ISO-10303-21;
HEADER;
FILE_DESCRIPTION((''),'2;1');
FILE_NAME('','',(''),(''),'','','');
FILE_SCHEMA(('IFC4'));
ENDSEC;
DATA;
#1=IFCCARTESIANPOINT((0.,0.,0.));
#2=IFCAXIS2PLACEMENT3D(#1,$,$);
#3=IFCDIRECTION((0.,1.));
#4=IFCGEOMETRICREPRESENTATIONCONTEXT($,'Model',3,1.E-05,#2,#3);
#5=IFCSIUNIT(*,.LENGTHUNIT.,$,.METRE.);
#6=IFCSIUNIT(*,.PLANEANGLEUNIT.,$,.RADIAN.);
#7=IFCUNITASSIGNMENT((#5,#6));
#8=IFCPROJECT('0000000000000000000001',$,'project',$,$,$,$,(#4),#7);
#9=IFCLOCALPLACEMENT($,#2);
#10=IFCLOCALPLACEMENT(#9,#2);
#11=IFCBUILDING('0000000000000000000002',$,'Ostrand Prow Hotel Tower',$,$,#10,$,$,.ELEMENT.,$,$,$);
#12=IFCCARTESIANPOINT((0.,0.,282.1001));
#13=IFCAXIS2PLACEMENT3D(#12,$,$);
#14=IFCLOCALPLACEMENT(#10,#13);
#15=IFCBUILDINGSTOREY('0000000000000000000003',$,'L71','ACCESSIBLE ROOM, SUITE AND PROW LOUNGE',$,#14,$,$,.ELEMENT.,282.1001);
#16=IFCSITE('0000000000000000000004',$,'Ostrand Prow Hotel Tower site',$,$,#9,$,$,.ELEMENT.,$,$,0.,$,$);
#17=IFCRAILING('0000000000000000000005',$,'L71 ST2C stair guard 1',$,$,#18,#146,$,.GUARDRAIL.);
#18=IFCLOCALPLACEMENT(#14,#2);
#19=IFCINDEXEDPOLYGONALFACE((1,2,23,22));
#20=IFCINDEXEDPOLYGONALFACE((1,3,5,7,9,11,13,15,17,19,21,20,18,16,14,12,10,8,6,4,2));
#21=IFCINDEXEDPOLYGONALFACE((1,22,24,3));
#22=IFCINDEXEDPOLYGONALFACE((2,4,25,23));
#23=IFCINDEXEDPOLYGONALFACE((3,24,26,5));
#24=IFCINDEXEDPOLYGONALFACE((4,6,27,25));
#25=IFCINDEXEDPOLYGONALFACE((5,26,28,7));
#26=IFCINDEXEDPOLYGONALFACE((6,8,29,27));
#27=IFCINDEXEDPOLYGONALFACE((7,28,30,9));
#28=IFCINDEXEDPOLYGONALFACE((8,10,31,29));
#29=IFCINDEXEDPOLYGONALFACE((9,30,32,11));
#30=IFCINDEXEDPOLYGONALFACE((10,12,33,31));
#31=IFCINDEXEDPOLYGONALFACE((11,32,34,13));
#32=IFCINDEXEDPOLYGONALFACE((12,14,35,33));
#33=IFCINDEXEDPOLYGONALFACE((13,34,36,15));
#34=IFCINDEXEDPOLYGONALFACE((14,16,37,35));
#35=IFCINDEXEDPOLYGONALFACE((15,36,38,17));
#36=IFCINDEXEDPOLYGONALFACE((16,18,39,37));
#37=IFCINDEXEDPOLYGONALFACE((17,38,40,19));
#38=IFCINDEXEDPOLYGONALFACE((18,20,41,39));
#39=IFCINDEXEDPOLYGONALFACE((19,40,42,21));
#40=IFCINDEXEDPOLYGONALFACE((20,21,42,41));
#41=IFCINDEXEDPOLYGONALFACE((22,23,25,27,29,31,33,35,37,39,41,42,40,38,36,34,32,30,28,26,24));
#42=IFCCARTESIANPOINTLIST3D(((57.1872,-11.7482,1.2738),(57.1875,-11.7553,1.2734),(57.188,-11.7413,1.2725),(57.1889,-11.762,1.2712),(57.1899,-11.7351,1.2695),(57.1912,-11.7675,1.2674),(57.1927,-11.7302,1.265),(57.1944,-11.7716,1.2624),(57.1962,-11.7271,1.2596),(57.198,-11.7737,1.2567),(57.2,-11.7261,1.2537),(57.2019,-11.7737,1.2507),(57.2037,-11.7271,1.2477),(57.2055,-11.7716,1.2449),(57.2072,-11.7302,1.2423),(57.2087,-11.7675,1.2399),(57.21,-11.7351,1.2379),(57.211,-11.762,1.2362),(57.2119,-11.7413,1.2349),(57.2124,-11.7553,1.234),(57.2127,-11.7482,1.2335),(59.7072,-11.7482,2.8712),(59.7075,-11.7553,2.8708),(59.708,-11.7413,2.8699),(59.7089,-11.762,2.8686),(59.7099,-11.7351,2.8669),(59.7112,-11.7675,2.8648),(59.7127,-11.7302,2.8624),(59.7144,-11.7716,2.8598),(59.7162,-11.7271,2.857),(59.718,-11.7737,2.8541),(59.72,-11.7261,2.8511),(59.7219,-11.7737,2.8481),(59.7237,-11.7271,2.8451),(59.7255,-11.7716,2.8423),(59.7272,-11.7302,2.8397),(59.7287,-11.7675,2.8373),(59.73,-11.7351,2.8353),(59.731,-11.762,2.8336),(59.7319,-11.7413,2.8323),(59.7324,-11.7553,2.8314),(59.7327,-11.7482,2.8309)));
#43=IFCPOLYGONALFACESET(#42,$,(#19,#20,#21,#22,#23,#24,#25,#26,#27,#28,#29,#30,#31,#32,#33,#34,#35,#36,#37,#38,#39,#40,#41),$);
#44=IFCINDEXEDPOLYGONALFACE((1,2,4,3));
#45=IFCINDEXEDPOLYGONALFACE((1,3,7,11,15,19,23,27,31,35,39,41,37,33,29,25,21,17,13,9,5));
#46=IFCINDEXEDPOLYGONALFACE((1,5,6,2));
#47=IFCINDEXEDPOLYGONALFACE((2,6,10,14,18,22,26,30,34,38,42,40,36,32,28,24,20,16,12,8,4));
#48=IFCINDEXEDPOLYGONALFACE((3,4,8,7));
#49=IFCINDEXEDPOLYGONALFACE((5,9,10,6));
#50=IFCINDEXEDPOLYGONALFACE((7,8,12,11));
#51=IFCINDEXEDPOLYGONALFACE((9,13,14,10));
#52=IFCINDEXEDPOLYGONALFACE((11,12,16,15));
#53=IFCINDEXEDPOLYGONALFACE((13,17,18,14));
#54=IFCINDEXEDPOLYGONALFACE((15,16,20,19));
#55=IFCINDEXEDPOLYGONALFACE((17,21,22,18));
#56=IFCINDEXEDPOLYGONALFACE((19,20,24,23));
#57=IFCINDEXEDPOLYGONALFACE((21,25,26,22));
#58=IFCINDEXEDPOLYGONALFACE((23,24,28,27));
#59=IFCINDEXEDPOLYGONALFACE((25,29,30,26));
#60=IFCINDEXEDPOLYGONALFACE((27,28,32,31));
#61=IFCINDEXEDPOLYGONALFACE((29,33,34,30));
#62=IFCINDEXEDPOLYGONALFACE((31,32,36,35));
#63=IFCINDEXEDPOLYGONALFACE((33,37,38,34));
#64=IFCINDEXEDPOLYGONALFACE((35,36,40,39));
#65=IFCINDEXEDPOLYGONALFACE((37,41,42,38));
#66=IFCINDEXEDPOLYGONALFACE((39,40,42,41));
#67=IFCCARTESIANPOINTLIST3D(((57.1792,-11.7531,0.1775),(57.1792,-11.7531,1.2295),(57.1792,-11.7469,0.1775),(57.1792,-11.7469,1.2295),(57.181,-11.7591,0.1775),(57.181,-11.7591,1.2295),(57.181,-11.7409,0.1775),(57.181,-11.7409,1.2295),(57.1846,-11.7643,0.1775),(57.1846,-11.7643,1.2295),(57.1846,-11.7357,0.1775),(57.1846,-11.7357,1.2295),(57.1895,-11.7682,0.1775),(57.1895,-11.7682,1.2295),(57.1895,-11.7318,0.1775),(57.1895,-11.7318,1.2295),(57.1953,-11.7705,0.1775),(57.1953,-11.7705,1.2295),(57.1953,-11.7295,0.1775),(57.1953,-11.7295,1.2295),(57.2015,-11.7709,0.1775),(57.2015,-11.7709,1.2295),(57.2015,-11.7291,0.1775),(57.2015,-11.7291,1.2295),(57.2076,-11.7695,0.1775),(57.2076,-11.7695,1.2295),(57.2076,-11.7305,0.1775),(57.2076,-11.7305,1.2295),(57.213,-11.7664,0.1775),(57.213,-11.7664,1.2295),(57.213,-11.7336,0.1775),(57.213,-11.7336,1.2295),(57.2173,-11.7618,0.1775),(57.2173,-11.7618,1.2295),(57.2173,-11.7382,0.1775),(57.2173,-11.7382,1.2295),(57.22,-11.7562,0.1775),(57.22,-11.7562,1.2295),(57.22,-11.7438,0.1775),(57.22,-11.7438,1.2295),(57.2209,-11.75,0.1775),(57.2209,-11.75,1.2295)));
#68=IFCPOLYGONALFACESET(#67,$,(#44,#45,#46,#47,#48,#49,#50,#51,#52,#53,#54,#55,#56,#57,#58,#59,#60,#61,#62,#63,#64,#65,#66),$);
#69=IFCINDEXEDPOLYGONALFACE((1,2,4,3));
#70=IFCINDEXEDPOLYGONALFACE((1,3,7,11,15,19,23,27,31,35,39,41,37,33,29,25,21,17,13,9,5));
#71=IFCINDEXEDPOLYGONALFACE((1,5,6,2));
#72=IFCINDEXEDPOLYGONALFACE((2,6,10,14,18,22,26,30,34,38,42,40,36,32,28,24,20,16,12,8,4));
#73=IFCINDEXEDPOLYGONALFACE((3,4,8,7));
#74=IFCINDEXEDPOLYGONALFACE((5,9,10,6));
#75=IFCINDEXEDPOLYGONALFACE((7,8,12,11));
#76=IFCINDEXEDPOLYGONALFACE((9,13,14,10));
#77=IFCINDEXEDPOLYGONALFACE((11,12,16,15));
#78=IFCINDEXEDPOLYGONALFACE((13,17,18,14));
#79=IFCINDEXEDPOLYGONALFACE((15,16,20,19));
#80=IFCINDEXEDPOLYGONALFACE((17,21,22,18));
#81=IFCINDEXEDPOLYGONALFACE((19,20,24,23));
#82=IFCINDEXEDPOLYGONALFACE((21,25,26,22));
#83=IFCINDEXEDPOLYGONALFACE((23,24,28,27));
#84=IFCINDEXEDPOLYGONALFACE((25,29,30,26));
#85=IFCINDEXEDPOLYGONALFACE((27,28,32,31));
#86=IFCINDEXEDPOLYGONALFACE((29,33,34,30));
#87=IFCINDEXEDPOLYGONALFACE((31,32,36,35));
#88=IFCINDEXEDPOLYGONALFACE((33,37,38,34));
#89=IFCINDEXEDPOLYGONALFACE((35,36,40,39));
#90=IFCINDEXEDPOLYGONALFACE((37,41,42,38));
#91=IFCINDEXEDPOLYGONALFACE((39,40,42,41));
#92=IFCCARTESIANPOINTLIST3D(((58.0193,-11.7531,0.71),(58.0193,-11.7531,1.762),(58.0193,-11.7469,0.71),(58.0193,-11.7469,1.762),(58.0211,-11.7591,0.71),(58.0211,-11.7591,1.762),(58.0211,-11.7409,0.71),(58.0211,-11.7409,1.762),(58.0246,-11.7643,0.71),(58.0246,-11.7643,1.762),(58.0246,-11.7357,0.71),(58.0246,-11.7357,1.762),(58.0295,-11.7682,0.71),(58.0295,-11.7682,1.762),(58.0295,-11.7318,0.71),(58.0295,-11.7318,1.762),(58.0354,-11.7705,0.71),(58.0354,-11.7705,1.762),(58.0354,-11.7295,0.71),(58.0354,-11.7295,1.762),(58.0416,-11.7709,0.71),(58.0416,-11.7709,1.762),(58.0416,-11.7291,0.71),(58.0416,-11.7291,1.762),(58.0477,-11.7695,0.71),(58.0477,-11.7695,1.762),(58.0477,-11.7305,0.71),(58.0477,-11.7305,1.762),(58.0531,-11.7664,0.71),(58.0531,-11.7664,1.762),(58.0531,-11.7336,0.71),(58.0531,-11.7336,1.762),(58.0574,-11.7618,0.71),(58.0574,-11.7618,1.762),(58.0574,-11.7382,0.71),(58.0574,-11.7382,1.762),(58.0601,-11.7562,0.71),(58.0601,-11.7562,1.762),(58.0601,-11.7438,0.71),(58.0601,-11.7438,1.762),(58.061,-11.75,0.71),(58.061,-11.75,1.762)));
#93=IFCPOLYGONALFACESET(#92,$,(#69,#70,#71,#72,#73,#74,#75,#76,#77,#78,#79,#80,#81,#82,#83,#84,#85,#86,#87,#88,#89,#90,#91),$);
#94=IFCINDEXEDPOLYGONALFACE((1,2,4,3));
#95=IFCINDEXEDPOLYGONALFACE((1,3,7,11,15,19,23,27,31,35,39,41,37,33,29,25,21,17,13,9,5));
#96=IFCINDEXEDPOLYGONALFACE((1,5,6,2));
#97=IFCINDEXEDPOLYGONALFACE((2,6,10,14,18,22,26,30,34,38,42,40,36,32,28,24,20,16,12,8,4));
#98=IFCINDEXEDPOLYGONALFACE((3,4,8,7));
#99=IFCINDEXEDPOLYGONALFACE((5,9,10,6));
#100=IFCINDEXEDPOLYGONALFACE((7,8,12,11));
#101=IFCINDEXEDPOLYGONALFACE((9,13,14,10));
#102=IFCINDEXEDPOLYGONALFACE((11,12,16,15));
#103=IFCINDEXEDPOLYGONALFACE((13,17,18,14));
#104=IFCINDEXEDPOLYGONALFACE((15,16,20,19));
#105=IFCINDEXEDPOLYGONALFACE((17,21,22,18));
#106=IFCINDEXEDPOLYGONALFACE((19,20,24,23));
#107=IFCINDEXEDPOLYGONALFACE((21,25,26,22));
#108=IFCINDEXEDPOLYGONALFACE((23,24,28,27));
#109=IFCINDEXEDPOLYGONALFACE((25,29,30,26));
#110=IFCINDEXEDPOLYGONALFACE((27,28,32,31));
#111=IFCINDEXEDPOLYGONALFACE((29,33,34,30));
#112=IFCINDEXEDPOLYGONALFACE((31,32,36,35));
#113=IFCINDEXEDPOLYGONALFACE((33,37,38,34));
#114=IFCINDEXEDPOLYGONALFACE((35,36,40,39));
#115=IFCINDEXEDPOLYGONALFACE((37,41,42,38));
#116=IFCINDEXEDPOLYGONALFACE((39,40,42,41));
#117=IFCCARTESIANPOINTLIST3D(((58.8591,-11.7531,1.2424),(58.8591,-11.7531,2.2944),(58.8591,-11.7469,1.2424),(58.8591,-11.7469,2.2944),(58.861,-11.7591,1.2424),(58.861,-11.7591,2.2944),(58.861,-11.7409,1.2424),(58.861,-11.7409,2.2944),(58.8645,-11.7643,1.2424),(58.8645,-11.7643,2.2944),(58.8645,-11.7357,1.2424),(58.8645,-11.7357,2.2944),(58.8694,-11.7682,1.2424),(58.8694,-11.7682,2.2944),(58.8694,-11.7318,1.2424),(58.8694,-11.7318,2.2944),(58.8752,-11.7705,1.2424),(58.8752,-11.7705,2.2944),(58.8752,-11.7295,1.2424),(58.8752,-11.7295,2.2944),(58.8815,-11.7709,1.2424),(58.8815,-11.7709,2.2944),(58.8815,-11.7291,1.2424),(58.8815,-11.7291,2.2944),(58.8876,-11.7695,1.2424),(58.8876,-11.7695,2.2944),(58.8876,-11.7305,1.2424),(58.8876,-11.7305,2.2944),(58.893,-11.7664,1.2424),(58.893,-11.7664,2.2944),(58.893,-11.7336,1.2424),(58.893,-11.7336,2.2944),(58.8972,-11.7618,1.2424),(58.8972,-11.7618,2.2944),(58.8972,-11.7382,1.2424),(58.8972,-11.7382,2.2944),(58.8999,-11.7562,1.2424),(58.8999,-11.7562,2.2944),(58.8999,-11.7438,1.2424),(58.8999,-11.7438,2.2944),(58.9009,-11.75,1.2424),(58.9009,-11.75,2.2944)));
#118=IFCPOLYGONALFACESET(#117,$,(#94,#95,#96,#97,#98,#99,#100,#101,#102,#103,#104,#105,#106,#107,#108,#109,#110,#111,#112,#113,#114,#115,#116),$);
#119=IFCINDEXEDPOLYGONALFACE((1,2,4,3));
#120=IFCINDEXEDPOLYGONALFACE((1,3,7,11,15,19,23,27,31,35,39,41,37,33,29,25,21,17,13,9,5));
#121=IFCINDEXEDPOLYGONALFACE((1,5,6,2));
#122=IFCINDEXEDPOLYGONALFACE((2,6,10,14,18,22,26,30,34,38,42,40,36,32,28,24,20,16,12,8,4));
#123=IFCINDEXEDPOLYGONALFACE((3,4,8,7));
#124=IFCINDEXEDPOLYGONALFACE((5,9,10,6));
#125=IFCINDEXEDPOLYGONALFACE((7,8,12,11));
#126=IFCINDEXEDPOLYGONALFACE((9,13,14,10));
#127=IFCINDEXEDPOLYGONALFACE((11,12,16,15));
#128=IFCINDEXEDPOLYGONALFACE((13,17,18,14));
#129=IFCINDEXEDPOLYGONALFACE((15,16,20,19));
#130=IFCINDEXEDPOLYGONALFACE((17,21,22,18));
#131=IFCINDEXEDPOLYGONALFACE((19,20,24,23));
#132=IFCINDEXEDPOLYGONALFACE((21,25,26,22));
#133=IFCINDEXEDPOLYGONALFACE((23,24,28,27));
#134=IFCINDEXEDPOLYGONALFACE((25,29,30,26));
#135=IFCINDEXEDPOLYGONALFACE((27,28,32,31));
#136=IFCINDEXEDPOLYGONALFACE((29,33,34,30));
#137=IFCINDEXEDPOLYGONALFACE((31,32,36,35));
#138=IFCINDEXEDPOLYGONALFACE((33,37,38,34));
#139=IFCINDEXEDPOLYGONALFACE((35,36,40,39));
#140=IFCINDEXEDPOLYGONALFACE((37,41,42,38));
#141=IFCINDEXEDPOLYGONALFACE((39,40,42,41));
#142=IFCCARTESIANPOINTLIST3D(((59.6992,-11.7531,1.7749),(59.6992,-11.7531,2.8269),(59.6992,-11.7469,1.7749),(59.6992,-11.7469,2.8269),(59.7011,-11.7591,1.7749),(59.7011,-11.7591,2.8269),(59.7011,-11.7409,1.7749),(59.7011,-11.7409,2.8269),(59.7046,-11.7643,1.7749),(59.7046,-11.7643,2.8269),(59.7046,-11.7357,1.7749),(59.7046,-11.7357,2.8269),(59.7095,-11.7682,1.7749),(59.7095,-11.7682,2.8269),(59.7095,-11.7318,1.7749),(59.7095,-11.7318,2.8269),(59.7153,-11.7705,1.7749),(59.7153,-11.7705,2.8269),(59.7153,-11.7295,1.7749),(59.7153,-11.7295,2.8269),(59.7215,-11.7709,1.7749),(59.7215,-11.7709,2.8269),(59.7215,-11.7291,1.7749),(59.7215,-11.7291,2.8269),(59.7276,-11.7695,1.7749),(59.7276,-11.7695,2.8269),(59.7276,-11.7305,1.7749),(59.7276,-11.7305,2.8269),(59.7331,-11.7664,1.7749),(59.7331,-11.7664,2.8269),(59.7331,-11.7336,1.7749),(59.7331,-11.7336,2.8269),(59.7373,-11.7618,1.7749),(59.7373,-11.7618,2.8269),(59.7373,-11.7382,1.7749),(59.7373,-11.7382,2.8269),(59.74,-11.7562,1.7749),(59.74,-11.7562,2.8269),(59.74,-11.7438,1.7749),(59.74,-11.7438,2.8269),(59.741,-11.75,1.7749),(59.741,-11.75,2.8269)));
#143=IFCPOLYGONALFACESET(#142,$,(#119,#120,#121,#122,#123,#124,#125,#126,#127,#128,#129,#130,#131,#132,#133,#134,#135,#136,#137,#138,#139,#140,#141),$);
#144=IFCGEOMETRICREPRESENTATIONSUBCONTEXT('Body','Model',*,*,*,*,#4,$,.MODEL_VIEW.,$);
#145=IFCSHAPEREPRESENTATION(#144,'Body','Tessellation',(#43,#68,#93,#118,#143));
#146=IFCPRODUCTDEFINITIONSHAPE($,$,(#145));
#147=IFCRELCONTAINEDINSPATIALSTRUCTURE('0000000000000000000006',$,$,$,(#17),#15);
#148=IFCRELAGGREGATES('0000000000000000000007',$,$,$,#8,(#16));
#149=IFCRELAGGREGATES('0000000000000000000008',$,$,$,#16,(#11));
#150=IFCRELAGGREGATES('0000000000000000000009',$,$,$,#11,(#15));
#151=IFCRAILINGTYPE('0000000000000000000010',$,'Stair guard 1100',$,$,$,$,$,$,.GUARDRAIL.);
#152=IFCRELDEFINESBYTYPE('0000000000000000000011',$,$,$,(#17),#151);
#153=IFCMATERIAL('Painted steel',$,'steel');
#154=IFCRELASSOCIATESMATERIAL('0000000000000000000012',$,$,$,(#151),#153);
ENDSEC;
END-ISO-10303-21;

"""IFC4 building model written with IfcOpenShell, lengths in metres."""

from ifc_helpers import new_model, si_unit, direction, frame, origin, origin_2d, place, context, subcontext, project, spatial, circle, extrude, material, type_object, element, save


model = new_model("IFC4")

# Units and contexts
model_context = context("Model", 3, precision=1e-05, world=origin(), true_north=direction((0.0, 1.0)))
body_context = subcontext(model_context, "Body", "Model", "MODEL_VIEW")
ifc_project = project(units=[si_unit("LENGTHUNIT", "METRE"), si_unit("PLANEANGLEUNIT", "RADIAN")], contexts=[model_context])

# Site, building, storey
site_placement = place(None, origin())
site = spatial("IfcSite", under=ifc_project, at=site_placement, Name="Ostrand Prow Hotel Tower site", CompositionType="ELEMENT", RefElevation=0.0)
building_placement = place(site_placement, origin())
building = spatial("IfcBuilding", under=site, at=building_placement, Name="Ostrand Prow Hotel Tower", CompositionType="ELEMENT")
storey_placement = place(building_placement, frame((0.0, 0.0, 282.1001)))
storey = spatial("IfcBuildingStorey", under=building, at=storey_placement, Name="L71", Description="ACCESSIBLE ROOM, SUITE AND PROW LOUNGE", CompositionType="ELEMENT", Elevation=282.1001)

# Railing
ifc_material_1 = material(Name="Painted steel", Category="steel")
railing_type_1 = type_object("IfcRailingType", Name="Stair guard 1100", PredefinedType="GUARDRAIL", material=ifc_material_1)
railing_1_placement = place(storey_placement, frame((57.2, -11.75, 0.1775)))
element("IfcRailing", 1, at=railing_1_placement, inside=storey, type_object=railing_type_1, Name="L71 ST2C stair guard 1", PredefinedType="GUARDRAIL", context=body_context, shape_type="SweptSolid", body=[
    extrude(circle(Radius=0.0239, at=origin_2d()), frame((0.0, 0.0, 1.0762), z_axis=(0.844607, 0.0, 0.535387), x_axis=(0.0, 1.0, 0.0)), (0.0, 0.0, 1.0), 2.9836),
    extrude(circle(Radius=0.021, at=origin_2d()), origin(), (0.0, 0.0, 1.0), 1.052),
    extrude(circle(Radius=0.021, at=origin_2d()), frame((0.8401, 0.0, 0.5325)), (0.0, 0.0, 1.0), 1.052),
    extrude(circle(Radius=0.021, at=origin_2d()), frame((1.6799, 0.0, 1.0649)), (0.0, 0.0, 1.0), 1.052),
    extrude(circle(Radius=0.021, at=origin_2d()), frame((2.52, 0.0, 1.5974)), (0.0, 0.0, 1.0), 1.052),
])

save(model, "model.ifc")
